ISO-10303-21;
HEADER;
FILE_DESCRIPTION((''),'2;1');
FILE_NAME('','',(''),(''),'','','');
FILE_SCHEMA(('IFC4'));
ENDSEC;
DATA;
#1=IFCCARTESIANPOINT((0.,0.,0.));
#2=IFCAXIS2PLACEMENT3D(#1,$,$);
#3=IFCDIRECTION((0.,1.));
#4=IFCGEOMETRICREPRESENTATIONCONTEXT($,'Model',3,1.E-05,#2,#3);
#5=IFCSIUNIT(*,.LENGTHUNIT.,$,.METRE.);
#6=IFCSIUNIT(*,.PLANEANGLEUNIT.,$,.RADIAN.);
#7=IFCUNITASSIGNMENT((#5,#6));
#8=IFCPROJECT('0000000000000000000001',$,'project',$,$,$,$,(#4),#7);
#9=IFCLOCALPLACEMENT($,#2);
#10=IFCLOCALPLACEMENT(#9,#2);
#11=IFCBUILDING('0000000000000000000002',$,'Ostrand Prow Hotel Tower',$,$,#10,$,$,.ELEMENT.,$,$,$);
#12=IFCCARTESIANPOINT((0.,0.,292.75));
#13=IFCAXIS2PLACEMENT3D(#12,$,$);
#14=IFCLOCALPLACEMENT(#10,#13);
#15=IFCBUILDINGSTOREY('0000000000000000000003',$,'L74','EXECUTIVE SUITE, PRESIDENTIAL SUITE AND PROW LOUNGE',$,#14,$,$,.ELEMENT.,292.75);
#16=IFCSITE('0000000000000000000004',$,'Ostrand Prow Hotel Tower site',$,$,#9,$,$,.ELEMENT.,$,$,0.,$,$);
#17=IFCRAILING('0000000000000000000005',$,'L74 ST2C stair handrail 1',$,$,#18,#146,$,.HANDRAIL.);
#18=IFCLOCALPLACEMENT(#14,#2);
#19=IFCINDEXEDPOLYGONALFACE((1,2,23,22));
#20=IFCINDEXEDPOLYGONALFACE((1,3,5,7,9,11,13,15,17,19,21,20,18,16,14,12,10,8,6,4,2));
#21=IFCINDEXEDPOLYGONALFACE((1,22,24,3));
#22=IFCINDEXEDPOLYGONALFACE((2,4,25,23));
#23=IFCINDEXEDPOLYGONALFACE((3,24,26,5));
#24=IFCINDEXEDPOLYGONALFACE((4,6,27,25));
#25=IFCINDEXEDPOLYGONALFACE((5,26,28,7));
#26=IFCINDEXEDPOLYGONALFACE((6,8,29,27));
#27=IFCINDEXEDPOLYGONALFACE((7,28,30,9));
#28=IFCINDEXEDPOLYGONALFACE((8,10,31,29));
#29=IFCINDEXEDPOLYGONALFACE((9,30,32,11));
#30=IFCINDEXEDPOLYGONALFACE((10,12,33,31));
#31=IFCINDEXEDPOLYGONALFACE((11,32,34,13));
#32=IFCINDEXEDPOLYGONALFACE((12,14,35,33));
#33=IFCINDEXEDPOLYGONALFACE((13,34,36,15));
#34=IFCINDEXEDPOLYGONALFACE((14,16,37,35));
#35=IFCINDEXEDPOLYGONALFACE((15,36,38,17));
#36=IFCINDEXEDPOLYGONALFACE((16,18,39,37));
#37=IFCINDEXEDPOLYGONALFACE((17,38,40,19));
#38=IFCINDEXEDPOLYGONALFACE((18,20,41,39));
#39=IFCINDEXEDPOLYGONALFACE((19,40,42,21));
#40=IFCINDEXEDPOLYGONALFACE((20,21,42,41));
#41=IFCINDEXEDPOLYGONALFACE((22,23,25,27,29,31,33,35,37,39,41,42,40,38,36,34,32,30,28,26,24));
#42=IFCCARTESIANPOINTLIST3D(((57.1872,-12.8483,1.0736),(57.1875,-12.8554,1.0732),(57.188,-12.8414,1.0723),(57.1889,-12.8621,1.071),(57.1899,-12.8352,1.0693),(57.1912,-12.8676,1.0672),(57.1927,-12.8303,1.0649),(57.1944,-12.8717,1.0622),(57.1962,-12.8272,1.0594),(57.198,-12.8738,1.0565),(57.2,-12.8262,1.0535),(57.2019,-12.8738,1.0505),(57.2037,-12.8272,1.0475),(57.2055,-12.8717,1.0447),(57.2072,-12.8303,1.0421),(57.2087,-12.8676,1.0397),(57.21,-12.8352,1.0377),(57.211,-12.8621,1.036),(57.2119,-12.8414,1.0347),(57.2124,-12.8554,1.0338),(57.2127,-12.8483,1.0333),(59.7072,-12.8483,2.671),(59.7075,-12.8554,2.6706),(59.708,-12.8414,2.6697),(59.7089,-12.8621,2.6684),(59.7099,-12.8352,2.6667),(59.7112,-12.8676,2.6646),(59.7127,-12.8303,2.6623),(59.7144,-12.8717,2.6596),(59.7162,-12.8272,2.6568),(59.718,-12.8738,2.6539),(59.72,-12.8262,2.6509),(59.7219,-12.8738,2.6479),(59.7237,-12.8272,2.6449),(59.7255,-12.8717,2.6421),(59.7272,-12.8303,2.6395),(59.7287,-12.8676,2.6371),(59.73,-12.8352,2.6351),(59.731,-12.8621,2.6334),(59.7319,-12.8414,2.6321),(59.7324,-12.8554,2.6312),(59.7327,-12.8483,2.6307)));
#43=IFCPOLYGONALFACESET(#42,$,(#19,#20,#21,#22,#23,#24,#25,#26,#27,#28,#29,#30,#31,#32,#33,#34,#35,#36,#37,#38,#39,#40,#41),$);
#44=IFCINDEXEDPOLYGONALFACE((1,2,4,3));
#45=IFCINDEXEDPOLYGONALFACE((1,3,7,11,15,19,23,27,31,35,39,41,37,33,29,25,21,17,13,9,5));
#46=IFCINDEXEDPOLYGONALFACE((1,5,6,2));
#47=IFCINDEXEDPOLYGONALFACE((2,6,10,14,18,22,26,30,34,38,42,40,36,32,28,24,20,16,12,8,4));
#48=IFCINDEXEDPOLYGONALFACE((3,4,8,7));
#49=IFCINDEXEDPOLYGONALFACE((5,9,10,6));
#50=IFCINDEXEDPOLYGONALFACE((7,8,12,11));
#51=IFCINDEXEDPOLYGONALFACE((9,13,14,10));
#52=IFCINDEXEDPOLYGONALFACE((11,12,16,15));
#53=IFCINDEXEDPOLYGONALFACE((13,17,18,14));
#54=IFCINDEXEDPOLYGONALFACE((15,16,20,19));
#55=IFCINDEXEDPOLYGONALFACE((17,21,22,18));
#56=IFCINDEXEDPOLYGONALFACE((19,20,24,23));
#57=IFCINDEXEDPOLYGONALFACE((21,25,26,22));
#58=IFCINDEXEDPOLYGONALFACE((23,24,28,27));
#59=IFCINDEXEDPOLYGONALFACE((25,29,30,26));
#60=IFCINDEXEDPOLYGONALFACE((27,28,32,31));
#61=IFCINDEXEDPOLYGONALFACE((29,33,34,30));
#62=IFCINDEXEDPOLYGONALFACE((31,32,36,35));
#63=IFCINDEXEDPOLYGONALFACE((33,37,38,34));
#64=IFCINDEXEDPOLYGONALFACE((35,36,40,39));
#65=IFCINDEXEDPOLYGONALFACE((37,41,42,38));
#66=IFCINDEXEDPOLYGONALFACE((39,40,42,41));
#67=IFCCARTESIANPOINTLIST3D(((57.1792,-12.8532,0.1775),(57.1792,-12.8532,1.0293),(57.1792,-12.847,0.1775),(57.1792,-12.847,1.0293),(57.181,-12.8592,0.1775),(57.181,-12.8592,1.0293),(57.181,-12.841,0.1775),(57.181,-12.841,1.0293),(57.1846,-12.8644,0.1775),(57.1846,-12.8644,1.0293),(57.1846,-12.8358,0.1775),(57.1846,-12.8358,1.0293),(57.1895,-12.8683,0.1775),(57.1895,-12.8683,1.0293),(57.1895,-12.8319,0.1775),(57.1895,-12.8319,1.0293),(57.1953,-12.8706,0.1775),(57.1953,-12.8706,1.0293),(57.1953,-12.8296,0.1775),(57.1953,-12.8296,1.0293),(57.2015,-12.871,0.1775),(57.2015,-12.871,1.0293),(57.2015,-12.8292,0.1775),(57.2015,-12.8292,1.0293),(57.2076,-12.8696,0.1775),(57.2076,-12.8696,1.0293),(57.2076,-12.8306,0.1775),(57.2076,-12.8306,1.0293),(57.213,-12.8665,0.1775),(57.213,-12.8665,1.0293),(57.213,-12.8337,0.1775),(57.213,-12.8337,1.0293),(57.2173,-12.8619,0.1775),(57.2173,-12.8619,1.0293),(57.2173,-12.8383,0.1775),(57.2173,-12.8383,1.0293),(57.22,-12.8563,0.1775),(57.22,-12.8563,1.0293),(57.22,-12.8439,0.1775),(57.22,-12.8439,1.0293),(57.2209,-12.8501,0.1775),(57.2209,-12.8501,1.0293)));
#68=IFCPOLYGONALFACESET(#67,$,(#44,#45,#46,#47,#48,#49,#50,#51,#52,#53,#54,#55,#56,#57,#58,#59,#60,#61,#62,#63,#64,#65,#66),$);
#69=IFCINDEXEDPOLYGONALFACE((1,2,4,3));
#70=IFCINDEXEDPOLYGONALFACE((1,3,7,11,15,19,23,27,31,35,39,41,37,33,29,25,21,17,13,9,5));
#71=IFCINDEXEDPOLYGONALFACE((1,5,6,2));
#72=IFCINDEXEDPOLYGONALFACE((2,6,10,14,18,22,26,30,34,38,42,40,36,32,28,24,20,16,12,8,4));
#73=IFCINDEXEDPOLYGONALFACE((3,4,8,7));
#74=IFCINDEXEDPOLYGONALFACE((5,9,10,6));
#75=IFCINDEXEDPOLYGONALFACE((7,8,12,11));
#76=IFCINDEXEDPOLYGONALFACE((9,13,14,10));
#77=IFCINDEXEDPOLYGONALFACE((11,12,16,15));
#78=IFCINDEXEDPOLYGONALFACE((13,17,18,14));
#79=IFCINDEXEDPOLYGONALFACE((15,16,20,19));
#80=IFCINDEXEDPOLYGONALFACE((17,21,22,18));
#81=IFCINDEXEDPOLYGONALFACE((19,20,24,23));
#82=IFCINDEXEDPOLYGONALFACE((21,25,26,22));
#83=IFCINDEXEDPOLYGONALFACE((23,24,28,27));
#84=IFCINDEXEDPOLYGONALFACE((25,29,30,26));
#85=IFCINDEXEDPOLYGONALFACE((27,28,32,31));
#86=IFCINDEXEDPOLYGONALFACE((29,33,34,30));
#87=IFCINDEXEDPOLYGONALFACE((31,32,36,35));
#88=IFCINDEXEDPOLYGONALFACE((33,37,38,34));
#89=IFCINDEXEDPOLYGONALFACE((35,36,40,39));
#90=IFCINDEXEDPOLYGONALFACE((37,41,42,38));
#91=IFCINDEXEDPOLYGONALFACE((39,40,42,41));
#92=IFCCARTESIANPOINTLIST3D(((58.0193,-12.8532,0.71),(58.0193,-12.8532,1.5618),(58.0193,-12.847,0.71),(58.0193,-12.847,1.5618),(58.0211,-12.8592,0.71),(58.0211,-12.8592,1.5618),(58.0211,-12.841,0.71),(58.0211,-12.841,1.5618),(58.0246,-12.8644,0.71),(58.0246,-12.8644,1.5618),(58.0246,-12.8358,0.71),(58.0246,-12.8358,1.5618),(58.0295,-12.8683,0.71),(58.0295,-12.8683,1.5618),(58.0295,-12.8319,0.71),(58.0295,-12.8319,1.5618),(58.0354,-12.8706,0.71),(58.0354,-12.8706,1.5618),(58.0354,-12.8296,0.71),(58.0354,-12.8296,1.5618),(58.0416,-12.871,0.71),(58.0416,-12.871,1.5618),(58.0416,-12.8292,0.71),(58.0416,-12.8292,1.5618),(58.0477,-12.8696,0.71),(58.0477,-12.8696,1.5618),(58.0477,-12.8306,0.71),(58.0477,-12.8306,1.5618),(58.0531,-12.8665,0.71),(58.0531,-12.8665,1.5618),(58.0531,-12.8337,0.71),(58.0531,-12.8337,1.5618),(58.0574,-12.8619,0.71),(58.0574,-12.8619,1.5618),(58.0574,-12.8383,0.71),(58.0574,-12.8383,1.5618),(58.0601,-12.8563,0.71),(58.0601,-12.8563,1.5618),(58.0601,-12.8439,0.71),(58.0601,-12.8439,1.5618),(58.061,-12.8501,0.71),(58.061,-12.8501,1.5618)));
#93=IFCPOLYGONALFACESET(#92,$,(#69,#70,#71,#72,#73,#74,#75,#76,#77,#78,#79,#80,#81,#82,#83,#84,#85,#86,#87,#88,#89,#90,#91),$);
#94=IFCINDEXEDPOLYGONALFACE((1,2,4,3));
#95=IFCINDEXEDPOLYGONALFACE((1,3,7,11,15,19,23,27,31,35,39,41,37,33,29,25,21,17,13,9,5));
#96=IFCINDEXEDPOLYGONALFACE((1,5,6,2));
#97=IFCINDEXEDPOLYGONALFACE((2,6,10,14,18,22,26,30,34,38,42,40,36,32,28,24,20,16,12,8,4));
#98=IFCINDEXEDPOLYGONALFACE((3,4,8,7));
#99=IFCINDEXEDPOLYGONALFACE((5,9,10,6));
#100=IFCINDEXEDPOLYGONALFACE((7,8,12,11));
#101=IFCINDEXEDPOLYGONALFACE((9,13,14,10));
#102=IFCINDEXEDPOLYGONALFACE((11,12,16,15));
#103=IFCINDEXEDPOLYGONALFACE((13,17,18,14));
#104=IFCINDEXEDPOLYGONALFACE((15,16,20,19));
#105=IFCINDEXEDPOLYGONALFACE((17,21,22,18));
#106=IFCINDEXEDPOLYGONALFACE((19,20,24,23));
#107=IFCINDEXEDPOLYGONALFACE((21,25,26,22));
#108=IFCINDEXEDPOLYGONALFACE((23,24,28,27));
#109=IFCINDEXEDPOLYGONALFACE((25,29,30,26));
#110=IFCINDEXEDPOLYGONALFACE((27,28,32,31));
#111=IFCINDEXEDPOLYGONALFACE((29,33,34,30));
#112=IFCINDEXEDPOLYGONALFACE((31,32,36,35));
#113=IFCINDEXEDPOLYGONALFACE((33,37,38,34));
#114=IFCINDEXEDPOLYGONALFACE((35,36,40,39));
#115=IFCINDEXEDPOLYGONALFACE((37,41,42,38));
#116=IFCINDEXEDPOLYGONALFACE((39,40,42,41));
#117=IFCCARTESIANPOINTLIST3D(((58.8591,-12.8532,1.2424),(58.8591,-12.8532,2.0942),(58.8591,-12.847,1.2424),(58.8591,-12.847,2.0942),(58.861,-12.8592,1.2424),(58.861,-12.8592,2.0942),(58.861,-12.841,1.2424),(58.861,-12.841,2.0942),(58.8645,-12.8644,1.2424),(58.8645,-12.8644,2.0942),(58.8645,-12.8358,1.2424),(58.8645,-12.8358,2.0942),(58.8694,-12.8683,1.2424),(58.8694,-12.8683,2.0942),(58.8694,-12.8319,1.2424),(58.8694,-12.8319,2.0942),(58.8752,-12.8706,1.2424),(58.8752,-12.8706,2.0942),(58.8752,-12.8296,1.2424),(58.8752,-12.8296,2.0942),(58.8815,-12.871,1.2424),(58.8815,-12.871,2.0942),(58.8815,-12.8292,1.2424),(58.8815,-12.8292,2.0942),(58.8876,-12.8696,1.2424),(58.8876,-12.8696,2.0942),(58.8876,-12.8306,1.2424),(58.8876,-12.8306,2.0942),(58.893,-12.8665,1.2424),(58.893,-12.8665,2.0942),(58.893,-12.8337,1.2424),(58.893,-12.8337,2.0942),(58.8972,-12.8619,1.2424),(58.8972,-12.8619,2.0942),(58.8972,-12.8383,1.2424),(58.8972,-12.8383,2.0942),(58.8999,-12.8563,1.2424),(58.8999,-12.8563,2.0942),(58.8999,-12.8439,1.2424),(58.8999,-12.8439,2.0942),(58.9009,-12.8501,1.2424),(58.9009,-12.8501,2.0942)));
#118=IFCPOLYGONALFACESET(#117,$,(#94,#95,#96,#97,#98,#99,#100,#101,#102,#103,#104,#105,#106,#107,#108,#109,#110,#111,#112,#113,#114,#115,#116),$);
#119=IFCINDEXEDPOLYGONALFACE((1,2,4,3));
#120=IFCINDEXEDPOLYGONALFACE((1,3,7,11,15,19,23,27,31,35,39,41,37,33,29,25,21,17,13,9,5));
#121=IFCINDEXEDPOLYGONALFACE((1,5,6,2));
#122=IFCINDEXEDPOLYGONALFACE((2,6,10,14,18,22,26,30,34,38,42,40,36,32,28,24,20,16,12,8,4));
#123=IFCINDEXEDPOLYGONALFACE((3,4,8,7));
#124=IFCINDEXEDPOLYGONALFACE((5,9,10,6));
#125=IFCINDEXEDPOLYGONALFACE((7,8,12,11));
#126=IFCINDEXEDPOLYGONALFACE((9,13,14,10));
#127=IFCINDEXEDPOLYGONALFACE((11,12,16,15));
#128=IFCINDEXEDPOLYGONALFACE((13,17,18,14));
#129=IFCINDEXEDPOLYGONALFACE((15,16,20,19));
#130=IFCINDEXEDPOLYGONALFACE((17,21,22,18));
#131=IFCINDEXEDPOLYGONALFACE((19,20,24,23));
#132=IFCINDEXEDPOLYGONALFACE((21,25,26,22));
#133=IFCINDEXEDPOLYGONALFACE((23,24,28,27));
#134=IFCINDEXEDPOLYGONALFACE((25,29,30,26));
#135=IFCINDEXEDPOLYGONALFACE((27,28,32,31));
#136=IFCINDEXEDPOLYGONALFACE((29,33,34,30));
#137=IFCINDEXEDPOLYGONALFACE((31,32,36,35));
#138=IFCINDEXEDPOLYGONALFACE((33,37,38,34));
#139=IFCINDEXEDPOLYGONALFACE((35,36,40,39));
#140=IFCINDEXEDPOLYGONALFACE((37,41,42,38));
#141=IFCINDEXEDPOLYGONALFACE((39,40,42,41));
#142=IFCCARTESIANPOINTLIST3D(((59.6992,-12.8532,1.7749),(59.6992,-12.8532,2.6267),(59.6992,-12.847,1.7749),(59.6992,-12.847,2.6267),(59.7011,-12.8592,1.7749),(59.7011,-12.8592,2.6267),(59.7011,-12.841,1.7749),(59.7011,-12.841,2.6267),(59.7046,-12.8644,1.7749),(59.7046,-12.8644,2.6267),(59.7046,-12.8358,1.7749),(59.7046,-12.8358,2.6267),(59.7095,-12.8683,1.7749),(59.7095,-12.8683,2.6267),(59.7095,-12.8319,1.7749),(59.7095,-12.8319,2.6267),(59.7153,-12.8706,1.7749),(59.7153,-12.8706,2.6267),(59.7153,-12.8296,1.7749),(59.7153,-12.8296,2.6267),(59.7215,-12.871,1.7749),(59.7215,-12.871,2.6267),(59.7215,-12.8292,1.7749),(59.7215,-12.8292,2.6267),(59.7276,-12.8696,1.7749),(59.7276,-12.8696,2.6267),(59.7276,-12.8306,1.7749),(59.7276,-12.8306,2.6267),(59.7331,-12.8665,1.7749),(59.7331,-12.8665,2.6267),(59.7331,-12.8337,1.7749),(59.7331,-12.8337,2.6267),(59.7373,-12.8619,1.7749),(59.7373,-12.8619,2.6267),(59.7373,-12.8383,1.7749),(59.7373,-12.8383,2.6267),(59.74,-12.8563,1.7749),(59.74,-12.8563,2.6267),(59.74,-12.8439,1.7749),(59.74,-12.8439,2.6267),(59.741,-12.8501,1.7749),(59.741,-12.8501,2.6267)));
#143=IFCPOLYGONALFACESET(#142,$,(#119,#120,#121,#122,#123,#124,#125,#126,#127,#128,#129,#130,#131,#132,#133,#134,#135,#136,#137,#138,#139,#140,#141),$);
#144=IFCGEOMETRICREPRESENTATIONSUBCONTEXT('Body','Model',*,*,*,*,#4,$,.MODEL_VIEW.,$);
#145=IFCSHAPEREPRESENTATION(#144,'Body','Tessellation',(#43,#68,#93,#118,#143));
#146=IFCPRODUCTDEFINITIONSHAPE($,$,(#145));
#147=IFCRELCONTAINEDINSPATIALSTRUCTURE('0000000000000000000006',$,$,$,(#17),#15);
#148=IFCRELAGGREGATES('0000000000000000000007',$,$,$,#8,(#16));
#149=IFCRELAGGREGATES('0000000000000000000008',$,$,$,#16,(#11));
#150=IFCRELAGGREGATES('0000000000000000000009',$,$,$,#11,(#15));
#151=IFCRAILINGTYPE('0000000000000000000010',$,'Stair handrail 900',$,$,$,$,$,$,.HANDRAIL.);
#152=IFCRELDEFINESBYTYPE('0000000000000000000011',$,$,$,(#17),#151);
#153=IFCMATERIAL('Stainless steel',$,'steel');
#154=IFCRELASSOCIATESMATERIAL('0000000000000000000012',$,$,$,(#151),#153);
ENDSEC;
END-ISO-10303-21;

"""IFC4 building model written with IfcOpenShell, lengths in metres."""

from ifc_helpers import new_model, si_unit, direction, frame, origin, origin_2d, place, context, subcontext, project, spatial, circle, extrude, material, type_object, element, save


model = new_model("IFC4")

# Units and contexts
model_context = context("Model", 3, precision=1e-05, world=origin(), true_north=direction((0.0, 1.0)))
body_context = subcontext(model_context, "Body", "Model", "MODEL_VIEW")
ifc_project = project(units=[si_unit("LENGTHUNIT", "METRE"), si_unit("PLANEANGLEUNIT", "RADIAN")], contexts=[model_context])

# Site, building, storey
site_placement = place(None, origin())
site = spatial("IfcSite", under=ifc_project, at=site_placement, Name="Ostrand Prow Hotel Tower site", CompositionType="ELEMENT", RefElevation=0.0)
building_placement = place(site_placement, origin())
building = spatial("IfcBuilding", under=site, at=building_placement, Name="Ostrand Prow Hotel Tower", CompositionType="ELEMENT")
storey_placement = place(building_placement, frame((0.0, 0.0, 292.75)))
storey = spatial("IfcBuildingStorey", under=building, at=storey_placement, Name="L74", Description="EXECUTIVE SUITE, PRESIDENTIAL SUITE AND PROW LOUNGE", CompositionType="ELEMENT", Elevation=292.75)

# Railing
ifc_material_1 = material(Name="Stainless steel", Category="steel")
railing_type_1 = type_object("IfcRailingType", Name="Stair handrail 900", PredefinedType="HANDRAIL", material=ifc_material_1)
railing_1_placement = place(storey_placement, frame((57.2, -12.8501, 0.1775)))
element("IfcRailing", 1, at=railing_1_placement, inside=storey, type_object=railing_type_1, Name="L74 ST2C stair handrail 1", PredefinedType="HANDRAIL", context=body_context, shape_type="SweptSolid", body=[
    extrude(circle(Radius=0.0239, at=origin_2d()), frame((0.0, 0.0, 0.876), z_axis=(0.844607, 0.0, 0.535387), x_axis=(0.0, 1.0, 0.0)), (0.0, 0.0, 1.0), 2.9836),
    extrude(circle(Radius=0.021, at=origin_2d()), origin(), (0.0, 0.0, 1.0), 0.8518),
    extrude(circle(Radius=0.021, at=origin_2d()), frame((0.8401, 0.0, 0.5325)), (0.0, 0.0, 1.0), 0.8518),
    extrude(circle(Radius=0.021, at=origin_2d()), frame((1.6799, 0.0, 1.0649)), (0.0, 0.0, 1.0), 0.8518),
    extrude(circle(Radius=0.021, at=origin_2d()), frame((2.52, 0.0, 1.5974)), (0.0, 0.0, 1.0), 0.8518),
])

save(model, "model.ifc")
